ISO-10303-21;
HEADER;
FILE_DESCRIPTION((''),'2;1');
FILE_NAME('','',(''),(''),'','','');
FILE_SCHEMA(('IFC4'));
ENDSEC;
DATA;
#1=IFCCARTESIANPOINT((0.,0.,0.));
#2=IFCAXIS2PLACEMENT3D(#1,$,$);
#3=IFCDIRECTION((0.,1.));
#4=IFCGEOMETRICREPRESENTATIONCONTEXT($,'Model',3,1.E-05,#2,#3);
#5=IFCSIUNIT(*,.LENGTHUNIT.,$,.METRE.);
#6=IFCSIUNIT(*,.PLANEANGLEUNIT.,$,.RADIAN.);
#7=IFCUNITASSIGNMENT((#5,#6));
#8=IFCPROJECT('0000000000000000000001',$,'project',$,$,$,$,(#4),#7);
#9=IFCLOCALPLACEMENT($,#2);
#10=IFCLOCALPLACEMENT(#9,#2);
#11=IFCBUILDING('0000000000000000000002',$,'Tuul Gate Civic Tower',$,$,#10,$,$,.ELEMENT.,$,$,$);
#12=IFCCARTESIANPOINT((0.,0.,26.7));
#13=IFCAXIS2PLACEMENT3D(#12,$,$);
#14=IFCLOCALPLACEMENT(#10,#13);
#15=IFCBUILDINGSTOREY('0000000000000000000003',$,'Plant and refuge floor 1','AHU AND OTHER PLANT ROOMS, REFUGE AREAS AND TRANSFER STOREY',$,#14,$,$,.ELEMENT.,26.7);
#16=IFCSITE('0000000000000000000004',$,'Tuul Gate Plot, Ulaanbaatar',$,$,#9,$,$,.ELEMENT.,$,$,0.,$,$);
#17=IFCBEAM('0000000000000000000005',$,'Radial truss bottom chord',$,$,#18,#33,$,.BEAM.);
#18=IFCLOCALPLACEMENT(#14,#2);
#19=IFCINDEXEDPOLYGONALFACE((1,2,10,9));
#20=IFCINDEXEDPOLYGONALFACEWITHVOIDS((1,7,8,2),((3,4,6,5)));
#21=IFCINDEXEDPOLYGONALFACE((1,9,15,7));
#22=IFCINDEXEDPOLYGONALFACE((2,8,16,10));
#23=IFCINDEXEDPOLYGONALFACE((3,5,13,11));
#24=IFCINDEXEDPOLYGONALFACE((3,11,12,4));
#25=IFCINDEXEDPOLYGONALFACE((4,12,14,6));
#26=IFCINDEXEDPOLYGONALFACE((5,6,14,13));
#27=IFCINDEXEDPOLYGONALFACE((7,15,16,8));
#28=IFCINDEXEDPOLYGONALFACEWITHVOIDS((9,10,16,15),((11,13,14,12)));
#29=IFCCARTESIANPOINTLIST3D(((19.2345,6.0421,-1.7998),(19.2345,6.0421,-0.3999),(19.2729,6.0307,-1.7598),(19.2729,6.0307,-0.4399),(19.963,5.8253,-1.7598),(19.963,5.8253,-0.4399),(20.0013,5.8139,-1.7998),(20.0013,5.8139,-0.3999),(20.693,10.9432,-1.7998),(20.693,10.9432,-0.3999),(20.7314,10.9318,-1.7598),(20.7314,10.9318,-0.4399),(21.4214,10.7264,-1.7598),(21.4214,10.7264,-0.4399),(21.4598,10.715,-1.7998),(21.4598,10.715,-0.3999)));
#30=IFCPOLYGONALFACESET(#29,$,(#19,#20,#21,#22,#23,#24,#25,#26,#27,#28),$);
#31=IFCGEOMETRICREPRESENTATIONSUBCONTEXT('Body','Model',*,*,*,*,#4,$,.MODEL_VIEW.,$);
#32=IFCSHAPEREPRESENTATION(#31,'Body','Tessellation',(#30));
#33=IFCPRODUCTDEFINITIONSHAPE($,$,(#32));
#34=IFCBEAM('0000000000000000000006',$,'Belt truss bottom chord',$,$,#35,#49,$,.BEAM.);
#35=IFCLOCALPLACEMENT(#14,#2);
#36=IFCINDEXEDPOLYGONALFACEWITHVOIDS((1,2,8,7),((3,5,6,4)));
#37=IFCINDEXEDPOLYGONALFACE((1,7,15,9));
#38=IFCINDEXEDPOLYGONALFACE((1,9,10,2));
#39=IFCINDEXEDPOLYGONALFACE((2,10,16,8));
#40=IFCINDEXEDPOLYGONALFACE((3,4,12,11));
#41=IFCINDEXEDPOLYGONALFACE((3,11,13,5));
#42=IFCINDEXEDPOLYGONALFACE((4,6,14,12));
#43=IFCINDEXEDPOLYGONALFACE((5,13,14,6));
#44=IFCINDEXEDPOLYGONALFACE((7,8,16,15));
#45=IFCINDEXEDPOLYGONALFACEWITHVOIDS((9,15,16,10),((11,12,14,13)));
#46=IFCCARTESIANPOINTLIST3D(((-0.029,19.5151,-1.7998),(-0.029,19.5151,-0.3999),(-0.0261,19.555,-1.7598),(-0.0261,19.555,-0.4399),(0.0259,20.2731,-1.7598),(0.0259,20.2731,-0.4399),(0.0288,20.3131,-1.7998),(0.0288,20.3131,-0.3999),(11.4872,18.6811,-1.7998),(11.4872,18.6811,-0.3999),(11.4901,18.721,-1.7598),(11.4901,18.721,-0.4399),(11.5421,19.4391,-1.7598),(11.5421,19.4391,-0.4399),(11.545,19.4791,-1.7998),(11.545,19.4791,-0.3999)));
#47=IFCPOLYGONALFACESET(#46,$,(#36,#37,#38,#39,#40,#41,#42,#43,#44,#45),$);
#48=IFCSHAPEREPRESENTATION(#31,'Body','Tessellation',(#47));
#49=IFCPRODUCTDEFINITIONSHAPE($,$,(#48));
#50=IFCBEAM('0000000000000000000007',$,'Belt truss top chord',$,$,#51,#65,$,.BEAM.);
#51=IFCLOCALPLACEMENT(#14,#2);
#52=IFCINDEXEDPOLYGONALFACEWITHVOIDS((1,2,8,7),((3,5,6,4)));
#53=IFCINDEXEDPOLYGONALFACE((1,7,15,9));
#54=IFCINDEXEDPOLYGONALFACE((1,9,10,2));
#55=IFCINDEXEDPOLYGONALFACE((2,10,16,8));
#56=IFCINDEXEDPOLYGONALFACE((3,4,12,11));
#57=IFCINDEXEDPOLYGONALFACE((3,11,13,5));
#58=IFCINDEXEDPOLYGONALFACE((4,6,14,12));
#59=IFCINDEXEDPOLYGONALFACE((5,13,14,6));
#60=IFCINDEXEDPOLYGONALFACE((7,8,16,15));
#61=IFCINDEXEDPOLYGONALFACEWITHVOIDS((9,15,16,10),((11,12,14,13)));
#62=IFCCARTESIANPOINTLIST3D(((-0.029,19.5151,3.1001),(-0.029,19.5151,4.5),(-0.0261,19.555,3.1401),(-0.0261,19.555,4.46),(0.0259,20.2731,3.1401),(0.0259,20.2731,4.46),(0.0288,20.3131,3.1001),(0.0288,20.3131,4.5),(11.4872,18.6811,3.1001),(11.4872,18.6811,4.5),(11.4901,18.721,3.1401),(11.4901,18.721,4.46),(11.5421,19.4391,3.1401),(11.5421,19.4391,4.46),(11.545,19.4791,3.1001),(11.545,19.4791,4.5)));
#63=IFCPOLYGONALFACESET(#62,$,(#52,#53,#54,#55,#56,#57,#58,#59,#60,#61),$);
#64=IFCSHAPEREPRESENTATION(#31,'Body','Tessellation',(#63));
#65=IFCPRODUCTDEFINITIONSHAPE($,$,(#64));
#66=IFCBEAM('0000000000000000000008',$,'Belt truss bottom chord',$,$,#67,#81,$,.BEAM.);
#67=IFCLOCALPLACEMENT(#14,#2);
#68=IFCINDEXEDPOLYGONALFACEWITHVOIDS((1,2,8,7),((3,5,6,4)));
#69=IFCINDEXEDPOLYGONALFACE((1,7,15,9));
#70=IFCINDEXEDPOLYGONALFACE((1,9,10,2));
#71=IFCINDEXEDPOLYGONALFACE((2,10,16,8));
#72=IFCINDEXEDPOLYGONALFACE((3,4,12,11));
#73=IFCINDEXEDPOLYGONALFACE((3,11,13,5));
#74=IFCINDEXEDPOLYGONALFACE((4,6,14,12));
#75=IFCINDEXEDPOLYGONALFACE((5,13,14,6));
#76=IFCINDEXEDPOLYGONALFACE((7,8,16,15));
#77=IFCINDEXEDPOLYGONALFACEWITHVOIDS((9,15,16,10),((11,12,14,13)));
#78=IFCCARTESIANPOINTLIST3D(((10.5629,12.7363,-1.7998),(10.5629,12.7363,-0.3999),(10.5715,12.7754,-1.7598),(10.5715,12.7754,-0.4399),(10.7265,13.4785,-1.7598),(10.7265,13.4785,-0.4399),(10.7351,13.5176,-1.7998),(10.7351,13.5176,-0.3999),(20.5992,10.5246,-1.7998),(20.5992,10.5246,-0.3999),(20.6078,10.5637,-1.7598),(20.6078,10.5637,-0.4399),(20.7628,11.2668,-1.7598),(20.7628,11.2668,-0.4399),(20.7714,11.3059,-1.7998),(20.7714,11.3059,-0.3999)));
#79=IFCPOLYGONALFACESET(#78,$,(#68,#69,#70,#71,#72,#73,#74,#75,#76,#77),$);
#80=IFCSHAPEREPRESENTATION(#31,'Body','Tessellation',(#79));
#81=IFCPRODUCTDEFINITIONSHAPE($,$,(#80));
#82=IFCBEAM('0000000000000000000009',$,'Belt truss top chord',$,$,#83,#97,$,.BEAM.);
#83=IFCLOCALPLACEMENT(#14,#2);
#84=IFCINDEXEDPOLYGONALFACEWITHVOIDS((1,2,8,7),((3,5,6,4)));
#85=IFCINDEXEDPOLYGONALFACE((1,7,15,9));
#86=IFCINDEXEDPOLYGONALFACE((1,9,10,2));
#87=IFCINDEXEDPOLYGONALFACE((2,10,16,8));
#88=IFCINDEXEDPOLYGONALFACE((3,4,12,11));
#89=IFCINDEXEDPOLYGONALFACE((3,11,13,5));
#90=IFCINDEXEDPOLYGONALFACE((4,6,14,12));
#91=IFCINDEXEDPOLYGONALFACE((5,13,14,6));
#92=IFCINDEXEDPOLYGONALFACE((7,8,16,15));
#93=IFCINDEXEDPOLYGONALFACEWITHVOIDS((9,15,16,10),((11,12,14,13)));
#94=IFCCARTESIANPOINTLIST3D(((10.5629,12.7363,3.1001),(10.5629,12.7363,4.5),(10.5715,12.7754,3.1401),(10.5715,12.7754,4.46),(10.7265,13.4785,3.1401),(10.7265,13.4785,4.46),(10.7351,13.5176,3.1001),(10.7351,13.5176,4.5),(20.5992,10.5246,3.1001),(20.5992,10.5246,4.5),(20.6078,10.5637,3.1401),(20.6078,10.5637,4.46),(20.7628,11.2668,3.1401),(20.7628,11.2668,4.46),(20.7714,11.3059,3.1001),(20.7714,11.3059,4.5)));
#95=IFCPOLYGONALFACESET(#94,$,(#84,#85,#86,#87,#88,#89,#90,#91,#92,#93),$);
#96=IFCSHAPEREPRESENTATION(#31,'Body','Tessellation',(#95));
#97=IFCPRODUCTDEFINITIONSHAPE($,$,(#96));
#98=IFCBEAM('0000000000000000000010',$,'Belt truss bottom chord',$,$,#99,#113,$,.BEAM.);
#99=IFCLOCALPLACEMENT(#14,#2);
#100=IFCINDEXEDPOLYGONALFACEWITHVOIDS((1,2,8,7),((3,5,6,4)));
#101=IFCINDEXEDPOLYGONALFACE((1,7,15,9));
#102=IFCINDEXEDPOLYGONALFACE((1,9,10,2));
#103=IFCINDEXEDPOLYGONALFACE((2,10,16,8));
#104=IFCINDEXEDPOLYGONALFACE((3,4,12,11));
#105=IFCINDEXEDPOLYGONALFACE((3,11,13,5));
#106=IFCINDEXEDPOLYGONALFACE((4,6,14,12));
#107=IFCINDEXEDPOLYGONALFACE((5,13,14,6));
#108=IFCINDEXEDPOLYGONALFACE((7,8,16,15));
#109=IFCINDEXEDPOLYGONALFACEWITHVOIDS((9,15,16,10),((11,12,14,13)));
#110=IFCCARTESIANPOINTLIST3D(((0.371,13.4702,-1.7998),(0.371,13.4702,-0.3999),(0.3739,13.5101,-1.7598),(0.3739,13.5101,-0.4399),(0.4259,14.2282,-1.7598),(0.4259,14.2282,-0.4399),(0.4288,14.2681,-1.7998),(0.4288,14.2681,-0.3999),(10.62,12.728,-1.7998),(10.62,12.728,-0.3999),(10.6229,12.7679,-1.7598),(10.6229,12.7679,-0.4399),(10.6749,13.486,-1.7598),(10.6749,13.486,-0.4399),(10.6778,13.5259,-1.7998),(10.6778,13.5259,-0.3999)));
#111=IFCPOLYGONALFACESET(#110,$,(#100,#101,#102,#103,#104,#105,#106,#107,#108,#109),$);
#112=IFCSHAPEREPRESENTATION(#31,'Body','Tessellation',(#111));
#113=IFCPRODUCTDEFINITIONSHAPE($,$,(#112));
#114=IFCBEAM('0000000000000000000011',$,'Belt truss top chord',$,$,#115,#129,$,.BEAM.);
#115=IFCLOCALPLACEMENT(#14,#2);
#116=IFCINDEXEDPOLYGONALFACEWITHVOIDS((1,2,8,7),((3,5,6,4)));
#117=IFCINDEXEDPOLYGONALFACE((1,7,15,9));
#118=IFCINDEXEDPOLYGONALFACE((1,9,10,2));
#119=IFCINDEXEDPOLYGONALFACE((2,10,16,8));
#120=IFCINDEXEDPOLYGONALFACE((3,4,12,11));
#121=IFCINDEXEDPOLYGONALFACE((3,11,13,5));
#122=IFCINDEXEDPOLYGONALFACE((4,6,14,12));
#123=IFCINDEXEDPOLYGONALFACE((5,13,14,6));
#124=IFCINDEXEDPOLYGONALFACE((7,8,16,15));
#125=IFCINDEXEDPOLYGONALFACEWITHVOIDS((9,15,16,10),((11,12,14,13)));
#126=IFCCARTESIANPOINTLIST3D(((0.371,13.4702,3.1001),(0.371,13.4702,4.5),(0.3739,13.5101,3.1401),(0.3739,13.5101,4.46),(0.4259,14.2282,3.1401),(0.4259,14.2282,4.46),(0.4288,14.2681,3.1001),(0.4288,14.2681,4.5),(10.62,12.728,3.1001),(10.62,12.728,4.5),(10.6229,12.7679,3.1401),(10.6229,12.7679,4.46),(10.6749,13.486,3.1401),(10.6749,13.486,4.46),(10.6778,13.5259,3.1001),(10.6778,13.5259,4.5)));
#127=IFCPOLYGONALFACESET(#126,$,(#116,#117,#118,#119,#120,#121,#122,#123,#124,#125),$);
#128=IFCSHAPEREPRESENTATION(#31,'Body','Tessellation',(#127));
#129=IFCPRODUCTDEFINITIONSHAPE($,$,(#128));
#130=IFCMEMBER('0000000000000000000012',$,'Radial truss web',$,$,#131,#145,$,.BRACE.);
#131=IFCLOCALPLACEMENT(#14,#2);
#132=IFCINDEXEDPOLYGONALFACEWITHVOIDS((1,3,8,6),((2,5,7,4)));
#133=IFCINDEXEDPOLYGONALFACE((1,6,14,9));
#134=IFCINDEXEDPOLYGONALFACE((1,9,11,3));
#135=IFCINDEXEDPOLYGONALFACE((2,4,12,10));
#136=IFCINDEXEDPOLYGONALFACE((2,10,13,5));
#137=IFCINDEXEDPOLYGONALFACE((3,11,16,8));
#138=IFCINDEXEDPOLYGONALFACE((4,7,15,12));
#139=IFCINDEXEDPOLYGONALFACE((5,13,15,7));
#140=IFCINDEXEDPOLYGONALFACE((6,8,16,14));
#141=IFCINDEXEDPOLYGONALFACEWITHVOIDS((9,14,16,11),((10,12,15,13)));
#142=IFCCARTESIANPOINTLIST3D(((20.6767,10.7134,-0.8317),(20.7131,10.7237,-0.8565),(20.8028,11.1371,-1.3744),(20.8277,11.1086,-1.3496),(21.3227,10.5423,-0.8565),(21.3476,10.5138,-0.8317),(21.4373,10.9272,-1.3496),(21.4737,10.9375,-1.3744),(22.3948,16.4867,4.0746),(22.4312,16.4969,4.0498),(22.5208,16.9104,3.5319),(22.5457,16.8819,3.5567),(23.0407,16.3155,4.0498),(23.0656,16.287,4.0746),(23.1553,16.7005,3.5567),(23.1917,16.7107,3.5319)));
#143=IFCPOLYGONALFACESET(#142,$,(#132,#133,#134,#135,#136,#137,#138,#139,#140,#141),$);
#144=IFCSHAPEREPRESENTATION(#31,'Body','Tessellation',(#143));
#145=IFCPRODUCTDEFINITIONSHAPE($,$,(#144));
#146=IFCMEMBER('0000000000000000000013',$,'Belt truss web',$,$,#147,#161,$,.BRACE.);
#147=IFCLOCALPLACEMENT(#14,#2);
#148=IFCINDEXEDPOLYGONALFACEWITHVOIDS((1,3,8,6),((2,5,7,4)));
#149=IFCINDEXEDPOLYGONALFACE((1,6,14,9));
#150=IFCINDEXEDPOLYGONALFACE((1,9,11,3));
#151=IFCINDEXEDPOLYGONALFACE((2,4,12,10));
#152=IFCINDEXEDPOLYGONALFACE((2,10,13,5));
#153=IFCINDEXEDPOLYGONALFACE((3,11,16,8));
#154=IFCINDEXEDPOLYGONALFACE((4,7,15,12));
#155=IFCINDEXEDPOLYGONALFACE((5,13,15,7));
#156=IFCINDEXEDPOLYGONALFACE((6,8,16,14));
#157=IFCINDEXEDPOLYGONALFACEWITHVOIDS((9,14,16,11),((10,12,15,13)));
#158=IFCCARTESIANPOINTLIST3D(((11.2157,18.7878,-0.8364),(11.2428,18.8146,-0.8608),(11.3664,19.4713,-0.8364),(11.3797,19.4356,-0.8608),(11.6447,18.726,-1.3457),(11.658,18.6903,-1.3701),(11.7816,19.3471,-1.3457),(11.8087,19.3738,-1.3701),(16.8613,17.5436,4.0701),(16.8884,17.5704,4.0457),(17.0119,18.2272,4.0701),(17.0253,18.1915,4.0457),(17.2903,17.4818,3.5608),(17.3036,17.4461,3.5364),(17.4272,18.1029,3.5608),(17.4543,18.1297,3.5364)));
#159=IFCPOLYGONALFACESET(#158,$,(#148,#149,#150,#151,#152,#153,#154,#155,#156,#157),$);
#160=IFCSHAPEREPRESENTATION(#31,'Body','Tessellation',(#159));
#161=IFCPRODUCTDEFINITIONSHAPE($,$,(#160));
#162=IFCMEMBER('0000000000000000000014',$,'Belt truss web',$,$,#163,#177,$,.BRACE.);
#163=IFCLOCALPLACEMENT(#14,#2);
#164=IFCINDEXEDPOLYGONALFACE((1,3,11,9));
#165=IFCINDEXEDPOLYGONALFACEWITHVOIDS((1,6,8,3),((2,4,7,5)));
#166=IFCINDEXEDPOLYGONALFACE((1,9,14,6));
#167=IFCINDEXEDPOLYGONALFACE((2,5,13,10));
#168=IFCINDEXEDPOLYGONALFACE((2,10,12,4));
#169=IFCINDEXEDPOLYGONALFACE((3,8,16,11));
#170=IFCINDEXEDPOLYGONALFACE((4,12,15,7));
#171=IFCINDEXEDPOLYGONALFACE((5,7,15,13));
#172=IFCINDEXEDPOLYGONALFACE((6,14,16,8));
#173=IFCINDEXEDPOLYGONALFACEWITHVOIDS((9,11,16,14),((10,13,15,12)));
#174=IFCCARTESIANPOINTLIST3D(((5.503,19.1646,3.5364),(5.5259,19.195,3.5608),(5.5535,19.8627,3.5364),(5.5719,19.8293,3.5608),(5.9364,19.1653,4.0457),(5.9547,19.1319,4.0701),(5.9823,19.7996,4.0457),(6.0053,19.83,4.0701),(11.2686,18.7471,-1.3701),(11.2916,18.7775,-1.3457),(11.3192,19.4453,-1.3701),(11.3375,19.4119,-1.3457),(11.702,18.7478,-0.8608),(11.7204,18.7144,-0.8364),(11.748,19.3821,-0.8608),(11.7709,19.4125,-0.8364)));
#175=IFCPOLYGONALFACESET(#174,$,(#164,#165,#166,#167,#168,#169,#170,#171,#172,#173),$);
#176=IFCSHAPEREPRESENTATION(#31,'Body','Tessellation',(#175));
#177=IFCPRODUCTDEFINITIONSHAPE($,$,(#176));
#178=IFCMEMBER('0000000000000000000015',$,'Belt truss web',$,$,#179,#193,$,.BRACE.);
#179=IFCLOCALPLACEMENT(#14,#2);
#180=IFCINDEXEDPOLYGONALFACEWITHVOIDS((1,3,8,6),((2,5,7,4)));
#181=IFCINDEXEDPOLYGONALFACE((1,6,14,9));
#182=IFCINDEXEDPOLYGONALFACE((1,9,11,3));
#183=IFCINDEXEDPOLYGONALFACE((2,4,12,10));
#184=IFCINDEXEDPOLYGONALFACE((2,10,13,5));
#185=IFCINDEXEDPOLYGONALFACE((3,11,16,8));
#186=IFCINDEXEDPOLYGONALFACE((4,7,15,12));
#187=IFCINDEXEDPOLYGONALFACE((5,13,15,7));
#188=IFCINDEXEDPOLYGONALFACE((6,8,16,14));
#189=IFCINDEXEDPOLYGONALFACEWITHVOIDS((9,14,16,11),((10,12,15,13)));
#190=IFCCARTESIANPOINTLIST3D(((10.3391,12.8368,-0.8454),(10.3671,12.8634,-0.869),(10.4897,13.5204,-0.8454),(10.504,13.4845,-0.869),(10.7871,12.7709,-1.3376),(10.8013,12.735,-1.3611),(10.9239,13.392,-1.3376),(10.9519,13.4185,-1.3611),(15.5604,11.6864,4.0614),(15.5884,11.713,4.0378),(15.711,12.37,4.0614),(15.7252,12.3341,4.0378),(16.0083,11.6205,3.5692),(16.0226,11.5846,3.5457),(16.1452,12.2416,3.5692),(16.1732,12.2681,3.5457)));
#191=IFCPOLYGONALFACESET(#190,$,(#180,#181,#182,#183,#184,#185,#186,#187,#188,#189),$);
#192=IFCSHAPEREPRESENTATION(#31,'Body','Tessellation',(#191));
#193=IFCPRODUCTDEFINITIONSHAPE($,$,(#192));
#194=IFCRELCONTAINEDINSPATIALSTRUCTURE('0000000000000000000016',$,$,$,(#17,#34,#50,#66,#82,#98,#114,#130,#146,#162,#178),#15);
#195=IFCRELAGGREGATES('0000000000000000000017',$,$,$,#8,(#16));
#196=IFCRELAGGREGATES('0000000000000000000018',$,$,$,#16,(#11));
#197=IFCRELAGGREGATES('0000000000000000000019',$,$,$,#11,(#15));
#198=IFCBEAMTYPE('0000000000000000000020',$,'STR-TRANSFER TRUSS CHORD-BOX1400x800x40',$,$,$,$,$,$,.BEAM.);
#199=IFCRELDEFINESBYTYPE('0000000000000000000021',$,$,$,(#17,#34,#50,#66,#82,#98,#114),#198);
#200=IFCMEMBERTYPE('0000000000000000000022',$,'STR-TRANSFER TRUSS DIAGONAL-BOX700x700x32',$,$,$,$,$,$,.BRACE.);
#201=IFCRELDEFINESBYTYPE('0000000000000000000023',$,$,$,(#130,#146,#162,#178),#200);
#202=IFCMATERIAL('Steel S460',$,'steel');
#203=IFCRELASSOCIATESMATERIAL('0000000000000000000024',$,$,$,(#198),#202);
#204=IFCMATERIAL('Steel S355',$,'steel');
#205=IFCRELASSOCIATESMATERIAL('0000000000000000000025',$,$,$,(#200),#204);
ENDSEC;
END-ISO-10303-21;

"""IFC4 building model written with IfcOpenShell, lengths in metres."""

from ifc_helpers import new_model, si_unit, direction, frame, origin, origin_2d, place, context, subcontext, project, spatial, hollow_rectangle, extrude, material, material_profile, profile_set, type_object, element, save


model = new_model("IFC4")

# Units and contexts
model_context = context("Model", 3, precision=1e-05, world=origin(), true_north=direction((0.0, 1.0)))
body_context = subcontext(model_context, "Body", "Model", "MODEL_VIEW")
ifc_project = project(units=[si_unit("LENGTHUNIT", "METRE"), si_unit("PLANEANGLEUNIT", "RADIAN")], contexts=[model_context])

# Site, building, storey
site_placement = place(None, origin())
site = spatial("IfcSite", under=ifc_project, at=site_placement, Name="Tuul Gate Plot, Ulaanbaatar", CompositionType="ELEMENT", RefElevation=0.0)
building_placement = place(site_placement, origin())
building = spatial("IfcBuilding", under=site, at=building_placement, Name="Tuul Gate Civic Tower", CompositionType="ELEMENT")
storey_placement = place(building_placement, frame((0.0, 0.0, 26.7)))
storey = spatial("IfcBuildingStorey", under=building, at=storey_placement, Name="Plant and refuge floor 1", Description="AHU AND OTHER PLANT ROOMS, REFUGE AREAS AND TRANSFER STOREY", CompositionType="ELEMENT", Elevation=26.7)

# Beams
ifc_material_1 = material(Name="Steel S460", Category="steel")
ifc_material_profile_1 = material_profile(ifc_material_1, hollow_rectangle(XDim=0.8, YDim=1.3999, WallThickness=0.04, at=origin_2d()), Name="BOX1400x800x40")
ifc_profile_set_1 = profile_set([ifc_material_profile_1], Name="Steel S460")
beam_type = type_object("IfcBeamType", Name="STR-TRANSFER TRUSS CHORD-BOX1400x800x40", PredefinedType="BEAM", material=ifc_profile_set_1)
beam_placement = place(storey_placement, frame((21.0764, 10.8291, -1.0999), z_axis=(-0.285223, -0.958461, 0.0), x_axis=(0.958461, -0.285223, 0.0)))
element("IfcBeam", 1, at=beam_placement, inside=storey, type_object=beam_type, Name="Radial truss bottom chord", PredefinedType="BEAM", context=body_context, shape_type="SweptSolid", body=[
    extrude(hollow_rectangle(XDim=0.8, YDim=1.3999, WallThickness=0.04, at=origin_2d()), origin(), (0.0, 0.0, 1.0), 5.1135),
])
for number, where, z_axis, x_axis, name in (
    (2, (11.5161, 19.0801, -1.0999), (-0.997388, 0.07223, 0.0), (-0.07223, -0.997388, 0.0), "Belt truss bottom chord"),
    (3, (11.5161, 19.0801, 3.8), (-0.997388, 0.07223, 0.0), (-0.07223, -0.997388, 0.0), "Belt truss top chord"),
):
    element("IfcBeam", number, at=place(storey_placement, frame(where, z_axis=z_axis, x_axis=x_axis)), inside=storey, type_object=beam_type, Name=name, PredefinedType="BEAM", context=body_context, shape_type="SweptSolid", body=[
        extrude(hollow_rectangle(XDim=0.8, YDim=1.3999, WallThickness=0.04, at=origin_2d()), origin(), (0.0, 0.0, 1.0), 11.5464),
    ])
for number, where, z_axis, x_axis, name in (
    (4, (20.6853, 10.9153, -1.0999), (-0.97657, 0.215202, 0.0), (-0.215202, -0.97657, 0.0), "Belt truss bottom chord"),
    (5, (20.6853, 10.9153, 3.8), (-0.97657, 0.215202, 0.0), (-0.215202, -0.97657, 0.0), "Belt truss top chord"),
):
    element("IfcBeam", number, at=place(storey_placement, frame(where, z_axis=z_axis, x_axis=x_axis)), inside=storey, type_object=beam_type, Name=name, PredefinedType="BEAM", context=body_context, shape_type="SweptSolid", body=[
        extrude(hollow_rectangle(XDim=0.8, YDim=1.3999, WallThickness=0.04, at=origin_2d()), origin(), (0.0, 0.0, 1.0), 10.2771),
    ])
for number, where, z_axis, x_axis, name in (
    (6, (10.6489, 13.127, -1.0999), (-0.997388, 0.072226, 0.0), (-0.072226, -0.997388, 0.0), "Belt truss bottom chord"),
    (7, (10.6489, 13.127, 3.8), (-0.997388, 0.072226, 0.0), (-0.072226, -0.997388, 0.0), "Belt truss top chord"),
):
    element("IfcBeam", number, at=place(storey_placement, frame(where, z_axis=z_axis, x_axis=x_axis)), inside=storey, type_object=beam_type, Name=name, PredefinedType="BEAM", context=body_context, shape_type="SweptSolid", body=[
        extrude(hollow_rectangle(XDim=0.8, YDim=1.3999, WallThickness=0.04, at=origin_2d()), origin(), (0.0, 0.0, 1.0), 10.2759),
    ])

# Members
ifc_material_2 = material(Name="Steel S355", Category="steel")
ifc_material_profile_2 = material_profile(ifc_material_2, hollow_rectangle(XDim=0.7, YDim=0.7, WallThickness=0.032, at=origin_2d()), Name="BOX700x700x32")
ifc_profile_set_2 = profile_set([ifc_material_profile_2], Name="Steel S355")
member_type_1 = type_object("IfcMemberType", Name="STR-TRANSFER TRUSS DIAGONAL-BOX700x700x32", PredefinedType="BRACE", material=ifc_profile_set_2)
member_1_placement = place(storey_placement, frame((21.0752, 10.8254, -1.103), z_axis=(0.221146, 0.743135, 0.631541), x_axis=(-0.958461, 0.285224, 0.0)))
element("IfcMember", 8, at=member_1_placement, inside=storey, type_object=member_type_1, Name="Radial truss web", PredefinedType="BRACE", context=body_context, shape_type="SweptSolid", body=[
    extrude(hollow_rectangle(XDim=0.7, YDim=0.7, WallThickness=0.032, at=origin_2d()), origin(), (0.0, 0.0, 1.0), 7.7688),
])
member_2_placement = place(storey_placement, frame((11.5122, 19.0808, -1.1033), z_axis=(0.744551, -0.164082, 0.647087), x_axis=(0.215213, 0.976567, 0.0)))
element("IfcMember", 9, at=member_2_placement, inside=storey, type_object=member_type_1, Name="Belt truss web", PredefinedType="BRACE", context=body_context, shape_type="SweptSolid", body=[
    extrude(hollow_rectangle(XDim=0.7, YDim=0.7, WallThickness=0.032, at=origin_2d()), origin(), (0.0, 0.0, 1.0), 7.5825),
])
member_3_placement = place(storey_placement, frame((11.5198, 19.0798, -1.1033), z_axis=(-0.760412, 0.05506, 0.647103), x_axis=(-0.072219, -0.997389, 0.0)))
element("IfcMember", 10, at=member_3_placement, inside=storey, type_object=member_type_1, Name="Belt truss web", PredefinedType="BRACE", context=body_context, shape_type="SweptSolid", body=[
    extrude(hollow_rectangle(XDim=0.7, YDim=0.7, WallThickness=0.032, at=origin_2d()), origin(), (0.0, 0.0, 1.0), 7.5823),
])
member_4_placement = place(storey_placement, frame((10.6455, 13.1277, -1.1033), z_axis=(0.719495, -0.158527, 0.676163), x_axis=(0.21517, 0.976577, 0.0)))
element("IfcMember", 11, at=member_4_placement, inside=storey, type_object=member_type_1, Name="Belt truss web", PredefinedType="BRACE", context=body_context, shape_type="SweptSolid", body=[
    extrude(hollow_rectangle(XDim=0.7, YDim=0.7, WallThickness=0.032, at=origin_2d()), origin(), (0.0, 0.0, 1.0), 7.2568),
])

save(model, "model.ifc")
